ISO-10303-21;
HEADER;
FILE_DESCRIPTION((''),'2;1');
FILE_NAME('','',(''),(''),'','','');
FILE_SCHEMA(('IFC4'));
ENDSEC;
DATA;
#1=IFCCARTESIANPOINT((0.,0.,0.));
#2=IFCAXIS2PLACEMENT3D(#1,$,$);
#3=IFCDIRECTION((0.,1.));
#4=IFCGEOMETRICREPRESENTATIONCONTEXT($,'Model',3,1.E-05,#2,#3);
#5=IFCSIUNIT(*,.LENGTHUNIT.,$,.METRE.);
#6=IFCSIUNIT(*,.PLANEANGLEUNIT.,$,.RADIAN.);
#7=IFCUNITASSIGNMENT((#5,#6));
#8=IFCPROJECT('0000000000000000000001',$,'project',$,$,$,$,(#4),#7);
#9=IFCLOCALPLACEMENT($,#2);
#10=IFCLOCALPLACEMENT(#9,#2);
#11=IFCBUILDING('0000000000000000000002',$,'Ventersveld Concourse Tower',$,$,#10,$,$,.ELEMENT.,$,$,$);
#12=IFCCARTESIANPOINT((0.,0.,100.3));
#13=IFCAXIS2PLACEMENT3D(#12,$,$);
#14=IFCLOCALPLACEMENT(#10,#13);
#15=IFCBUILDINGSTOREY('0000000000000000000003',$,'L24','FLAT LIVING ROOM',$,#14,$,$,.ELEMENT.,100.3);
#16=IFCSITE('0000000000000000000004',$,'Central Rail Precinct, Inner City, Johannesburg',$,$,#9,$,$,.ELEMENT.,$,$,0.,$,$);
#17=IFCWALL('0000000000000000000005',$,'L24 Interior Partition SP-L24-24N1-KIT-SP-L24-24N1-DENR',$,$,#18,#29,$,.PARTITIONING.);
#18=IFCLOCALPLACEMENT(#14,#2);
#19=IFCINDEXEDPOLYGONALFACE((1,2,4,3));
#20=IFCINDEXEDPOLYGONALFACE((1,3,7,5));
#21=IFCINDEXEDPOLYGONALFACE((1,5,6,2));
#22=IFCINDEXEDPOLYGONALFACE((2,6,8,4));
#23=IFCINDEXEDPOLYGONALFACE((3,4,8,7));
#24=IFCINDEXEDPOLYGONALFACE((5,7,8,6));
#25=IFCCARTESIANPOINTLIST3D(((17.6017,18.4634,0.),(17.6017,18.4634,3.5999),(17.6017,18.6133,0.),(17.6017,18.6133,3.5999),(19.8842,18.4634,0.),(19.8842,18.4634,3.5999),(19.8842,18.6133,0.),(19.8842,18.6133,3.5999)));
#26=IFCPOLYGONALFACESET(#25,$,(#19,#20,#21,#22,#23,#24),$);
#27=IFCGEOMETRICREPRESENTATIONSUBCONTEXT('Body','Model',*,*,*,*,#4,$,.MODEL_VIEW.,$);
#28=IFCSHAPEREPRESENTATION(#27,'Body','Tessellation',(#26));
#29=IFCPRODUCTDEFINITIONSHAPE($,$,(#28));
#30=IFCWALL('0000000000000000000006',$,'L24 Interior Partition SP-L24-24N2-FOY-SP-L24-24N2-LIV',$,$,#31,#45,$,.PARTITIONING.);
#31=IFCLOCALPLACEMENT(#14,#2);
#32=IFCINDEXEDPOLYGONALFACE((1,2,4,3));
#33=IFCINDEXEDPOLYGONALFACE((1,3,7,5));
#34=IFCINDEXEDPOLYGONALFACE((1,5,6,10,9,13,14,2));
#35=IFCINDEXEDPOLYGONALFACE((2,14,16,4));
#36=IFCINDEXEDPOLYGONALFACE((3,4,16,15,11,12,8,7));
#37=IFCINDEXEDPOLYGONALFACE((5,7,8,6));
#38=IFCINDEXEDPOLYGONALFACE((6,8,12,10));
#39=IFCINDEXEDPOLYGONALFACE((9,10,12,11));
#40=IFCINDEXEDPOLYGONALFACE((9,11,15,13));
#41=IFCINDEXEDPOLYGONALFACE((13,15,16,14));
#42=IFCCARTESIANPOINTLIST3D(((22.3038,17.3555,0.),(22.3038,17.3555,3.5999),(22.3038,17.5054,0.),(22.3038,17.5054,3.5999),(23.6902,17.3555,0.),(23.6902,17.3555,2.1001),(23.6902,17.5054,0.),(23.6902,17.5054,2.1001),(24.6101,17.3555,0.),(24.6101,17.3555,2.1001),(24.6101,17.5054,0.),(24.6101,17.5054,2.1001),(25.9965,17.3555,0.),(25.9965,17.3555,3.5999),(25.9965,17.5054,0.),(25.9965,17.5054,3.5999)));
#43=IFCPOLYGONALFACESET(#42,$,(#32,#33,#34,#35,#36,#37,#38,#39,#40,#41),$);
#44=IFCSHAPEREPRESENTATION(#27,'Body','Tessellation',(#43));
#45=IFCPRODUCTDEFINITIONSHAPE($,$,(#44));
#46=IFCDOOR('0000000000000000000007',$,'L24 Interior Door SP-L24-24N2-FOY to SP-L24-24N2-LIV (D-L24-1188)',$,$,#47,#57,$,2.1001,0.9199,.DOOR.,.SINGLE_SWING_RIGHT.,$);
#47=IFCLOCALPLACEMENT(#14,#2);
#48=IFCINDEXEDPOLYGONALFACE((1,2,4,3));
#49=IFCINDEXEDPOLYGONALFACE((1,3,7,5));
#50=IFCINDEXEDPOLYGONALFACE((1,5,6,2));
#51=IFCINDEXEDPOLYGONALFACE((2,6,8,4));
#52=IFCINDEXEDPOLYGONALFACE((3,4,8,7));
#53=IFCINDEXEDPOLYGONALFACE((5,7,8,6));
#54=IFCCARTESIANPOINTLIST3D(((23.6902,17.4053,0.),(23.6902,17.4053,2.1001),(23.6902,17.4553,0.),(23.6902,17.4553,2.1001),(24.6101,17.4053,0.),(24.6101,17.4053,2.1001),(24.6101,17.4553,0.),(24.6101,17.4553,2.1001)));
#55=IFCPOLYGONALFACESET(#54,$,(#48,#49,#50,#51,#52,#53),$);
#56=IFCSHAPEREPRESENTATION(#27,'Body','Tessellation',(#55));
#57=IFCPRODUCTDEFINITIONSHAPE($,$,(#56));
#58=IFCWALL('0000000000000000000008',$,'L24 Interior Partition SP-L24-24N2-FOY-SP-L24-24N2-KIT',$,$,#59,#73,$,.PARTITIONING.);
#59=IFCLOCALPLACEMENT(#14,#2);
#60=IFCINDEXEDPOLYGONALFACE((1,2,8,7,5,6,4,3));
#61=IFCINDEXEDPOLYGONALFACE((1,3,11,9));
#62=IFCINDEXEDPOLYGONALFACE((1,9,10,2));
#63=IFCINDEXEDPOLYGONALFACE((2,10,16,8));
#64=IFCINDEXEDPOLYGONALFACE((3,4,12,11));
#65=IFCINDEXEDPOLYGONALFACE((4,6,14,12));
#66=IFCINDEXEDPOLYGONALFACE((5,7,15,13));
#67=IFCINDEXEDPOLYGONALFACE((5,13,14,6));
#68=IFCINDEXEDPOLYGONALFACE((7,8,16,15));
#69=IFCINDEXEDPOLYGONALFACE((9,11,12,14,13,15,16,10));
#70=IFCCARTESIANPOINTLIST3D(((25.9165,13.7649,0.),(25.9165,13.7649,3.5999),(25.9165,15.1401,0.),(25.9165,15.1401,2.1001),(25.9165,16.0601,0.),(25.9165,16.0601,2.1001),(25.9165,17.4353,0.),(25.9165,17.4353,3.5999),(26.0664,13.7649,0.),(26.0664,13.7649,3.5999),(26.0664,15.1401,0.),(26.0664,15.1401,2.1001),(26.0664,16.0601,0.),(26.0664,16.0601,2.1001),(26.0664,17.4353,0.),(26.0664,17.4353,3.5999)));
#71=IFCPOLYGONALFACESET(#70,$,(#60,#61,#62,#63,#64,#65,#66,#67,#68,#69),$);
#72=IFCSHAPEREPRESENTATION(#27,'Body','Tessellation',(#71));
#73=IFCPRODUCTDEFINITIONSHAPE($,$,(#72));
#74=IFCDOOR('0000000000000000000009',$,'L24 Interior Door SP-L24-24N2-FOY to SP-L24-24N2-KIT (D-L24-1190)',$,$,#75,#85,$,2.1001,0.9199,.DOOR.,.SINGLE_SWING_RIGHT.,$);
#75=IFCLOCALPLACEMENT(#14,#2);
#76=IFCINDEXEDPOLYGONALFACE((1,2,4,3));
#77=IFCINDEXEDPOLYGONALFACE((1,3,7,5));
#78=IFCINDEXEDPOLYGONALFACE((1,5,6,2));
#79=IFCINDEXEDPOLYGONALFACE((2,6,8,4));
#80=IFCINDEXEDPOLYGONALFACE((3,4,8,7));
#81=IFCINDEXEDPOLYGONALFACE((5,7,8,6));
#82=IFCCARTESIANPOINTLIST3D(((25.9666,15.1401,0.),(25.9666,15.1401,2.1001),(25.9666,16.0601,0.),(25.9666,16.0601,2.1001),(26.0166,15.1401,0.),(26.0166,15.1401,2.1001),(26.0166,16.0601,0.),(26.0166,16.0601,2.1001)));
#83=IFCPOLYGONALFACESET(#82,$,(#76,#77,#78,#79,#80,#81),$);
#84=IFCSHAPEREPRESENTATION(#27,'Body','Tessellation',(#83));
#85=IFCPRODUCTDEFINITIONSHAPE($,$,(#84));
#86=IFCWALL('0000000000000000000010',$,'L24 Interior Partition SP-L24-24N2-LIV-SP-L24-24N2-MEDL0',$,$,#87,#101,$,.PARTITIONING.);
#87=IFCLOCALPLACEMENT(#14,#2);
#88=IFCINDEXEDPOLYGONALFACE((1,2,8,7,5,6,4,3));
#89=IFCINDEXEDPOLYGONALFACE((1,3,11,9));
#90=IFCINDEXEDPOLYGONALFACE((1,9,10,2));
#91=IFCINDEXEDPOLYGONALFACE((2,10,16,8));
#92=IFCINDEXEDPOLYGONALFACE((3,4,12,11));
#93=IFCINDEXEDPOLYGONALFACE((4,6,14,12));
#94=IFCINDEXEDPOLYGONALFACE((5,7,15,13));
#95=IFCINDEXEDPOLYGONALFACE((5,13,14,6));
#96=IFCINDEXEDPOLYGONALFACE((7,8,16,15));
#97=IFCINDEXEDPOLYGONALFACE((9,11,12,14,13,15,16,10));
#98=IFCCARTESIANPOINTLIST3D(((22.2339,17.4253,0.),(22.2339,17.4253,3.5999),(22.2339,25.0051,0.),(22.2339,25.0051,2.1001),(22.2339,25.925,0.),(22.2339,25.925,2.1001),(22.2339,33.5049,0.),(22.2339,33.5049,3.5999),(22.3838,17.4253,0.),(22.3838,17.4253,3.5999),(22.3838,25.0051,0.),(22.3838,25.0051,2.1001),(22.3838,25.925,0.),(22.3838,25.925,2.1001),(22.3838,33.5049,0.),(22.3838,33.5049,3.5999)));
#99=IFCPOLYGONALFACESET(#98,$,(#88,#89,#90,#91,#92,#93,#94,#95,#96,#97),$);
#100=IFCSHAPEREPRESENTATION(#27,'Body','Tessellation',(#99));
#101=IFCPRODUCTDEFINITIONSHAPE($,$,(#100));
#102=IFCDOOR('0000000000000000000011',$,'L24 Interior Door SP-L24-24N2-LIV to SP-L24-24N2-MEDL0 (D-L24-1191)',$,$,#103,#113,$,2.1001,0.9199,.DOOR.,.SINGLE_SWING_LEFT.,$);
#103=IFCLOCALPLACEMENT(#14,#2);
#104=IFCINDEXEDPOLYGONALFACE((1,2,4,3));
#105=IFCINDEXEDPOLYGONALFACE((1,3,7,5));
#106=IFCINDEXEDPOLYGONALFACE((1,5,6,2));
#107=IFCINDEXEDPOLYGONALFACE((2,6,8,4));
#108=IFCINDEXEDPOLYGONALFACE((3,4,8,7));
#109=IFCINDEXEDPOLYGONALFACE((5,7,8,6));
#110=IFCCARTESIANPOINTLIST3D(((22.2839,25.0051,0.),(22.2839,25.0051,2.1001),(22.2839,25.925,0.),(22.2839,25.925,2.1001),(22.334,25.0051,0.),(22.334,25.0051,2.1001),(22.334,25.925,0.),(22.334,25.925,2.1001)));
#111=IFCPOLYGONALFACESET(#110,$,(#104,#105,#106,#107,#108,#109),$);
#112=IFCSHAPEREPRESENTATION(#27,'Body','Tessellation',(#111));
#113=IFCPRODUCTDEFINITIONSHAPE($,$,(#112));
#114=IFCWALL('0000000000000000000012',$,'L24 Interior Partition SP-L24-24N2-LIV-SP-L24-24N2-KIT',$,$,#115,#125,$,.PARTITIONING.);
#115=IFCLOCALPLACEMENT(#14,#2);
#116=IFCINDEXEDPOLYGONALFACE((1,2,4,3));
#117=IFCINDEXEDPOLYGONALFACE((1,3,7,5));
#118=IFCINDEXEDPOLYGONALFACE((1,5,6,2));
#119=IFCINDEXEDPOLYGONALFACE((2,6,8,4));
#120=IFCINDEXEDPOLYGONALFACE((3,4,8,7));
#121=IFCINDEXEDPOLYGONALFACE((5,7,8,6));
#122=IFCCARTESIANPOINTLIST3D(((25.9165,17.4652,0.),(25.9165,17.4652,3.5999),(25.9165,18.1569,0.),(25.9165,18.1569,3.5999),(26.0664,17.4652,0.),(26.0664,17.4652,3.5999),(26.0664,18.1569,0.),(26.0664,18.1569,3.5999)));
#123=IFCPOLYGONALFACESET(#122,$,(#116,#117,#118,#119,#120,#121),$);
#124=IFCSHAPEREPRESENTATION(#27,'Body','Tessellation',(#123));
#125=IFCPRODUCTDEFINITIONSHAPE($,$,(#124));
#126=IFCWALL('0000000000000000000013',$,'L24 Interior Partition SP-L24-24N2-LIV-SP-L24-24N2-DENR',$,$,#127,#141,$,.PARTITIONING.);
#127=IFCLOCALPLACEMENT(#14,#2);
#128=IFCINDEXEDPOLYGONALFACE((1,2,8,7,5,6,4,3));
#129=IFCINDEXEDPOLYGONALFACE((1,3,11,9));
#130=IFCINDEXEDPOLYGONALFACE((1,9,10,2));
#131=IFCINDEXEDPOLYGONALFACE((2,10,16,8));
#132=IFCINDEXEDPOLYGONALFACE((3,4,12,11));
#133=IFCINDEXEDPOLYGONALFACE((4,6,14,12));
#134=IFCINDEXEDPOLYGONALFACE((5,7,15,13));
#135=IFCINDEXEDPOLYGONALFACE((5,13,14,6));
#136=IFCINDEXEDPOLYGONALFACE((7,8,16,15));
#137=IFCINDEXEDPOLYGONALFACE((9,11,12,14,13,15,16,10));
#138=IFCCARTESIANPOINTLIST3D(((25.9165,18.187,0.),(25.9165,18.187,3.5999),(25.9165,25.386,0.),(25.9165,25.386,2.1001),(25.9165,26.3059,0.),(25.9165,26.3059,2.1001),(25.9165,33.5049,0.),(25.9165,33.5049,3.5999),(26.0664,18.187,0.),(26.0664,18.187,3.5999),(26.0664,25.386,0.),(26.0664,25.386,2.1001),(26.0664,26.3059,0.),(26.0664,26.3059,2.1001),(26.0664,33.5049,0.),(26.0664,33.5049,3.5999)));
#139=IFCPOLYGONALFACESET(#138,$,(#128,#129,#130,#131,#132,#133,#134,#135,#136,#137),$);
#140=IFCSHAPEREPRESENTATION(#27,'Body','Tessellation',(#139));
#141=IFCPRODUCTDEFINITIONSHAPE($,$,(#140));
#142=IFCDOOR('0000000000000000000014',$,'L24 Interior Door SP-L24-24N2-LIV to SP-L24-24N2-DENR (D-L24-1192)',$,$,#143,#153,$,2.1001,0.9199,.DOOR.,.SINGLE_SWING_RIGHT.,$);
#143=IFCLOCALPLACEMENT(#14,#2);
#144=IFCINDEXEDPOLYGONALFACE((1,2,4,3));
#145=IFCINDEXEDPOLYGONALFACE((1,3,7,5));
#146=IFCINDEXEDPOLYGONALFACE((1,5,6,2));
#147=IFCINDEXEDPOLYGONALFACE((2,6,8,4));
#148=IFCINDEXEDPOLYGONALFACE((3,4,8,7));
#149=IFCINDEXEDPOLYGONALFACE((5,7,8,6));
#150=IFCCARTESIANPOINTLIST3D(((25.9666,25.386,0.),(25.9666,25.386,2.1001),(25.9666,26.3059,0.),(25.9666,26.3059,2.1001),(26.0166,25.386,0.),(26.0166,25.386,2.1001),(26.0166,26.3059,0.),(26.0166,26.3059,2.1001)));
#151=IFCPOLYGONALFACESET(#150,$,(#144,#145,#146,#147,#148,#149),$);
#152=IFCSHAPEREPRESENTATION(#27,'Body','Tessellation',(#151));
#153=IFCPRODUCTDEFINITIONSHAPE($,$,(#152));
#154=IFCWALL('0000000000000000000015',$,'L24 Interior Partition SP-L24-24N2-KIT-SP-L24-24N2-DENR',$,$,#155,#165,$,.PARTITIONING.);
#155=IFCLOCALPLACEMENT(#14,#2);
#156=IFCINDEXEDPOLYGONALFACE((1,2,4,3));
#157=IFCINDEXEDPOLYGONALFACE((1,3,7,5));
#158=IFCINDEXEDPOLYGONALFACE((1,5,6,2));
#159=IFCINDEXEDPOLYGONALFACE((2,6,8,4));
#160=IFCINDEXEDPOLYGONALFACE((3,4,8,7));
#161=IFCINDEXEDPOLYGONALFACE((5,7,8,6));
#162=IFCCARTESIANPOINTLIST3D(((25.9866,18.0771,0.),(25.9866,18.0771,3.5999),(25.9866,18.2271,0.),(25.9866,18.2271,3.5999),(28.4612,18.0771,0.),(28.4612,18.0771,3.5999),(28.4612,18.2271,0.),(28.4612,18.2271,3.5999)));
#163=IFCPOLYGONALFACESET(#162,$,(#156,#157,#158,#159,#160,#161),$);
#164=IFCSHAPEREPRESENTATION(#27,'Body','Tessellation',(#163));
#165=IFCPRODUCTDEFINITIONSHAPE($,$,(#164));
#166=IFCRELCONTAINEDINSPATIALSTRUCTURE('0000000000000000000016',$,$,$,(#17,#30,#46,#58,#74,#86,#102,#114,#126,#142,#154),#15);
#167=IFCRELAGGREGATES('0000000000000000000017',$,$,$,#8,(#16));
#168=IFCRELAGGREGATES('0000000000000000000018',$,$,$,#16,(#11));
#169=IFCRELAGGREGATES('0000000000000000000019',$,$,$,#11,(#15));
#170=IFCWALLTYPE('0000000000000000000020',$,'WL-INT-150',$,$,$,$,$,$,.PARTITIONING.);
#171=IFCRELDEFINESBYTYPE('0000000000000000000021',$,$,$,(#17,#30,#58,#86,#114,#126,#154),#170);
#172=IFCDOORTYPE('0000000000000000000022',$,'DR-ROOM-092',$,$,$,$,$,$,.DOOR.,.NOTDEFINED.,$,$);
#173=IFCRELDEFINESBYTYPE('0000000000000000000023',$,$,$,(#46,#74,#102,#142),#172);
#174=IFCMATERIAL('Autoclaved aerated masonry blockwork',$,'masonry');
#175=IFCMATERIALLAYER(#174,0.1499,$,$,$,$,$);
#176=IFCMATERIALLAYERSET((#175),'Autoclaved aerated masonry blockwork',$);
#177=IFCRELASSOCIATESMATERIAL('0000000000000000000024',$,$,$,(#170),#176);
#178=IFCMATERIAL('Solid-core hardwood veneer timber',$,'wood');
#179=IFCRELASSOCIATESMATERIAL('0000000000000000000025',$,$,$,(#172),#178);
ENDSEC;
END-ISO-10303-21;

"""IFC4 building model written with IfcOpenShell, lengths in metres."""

from ifc_helpers import new_model, si_unit, direction, frame, frame_2d, origin, place, context, subcontext, project, spatial, rectangle, extrude, material, layer, layer_set, type_object, element, fill, save


model = new_model("IFC4")

# Units and contexts
model_context = context("Model", 3, precision=1e-05, world=origin(), true_north=direction((0.0, 1.0)))
body_context = subcontext(model_context, "Body", "Model", "MODEL_VIEW")
ifc_project = project(units=[si_unit("LENGTHUNIT", "METRE"), si_unit("PLANEANGLEUNIT", "RADIAN")], contexts=[model_context])

# Site, building, storey
site_placement = place(None, origin())
site = spatial("IfcSite", under=ifc_project, at=site_placement, Name="Central Rail Precinct, Inner City, Johannesburg", CompositionType="ELEMENT", RefElevation=0.0)
building_placement = place(site_placement, origin())
building = spatial("IfcBuilding", under=site, at=building_placement, Name="Ventersveld Concourse Tower", CompositionType="ELEMENT")
storey_placement = place(building_placement, frame((0.0, 0.0, 100.3)))
storey = spatial("IfcBuildingStorey", under=building, at=storey_placement, Name="L24", Description="FLAT LIVING ROOM", CompositionType="ELEMENT", Elevation=100.3)

# Shared definitions
ifc_material_1 = material(Name="Solid-core hardwood veneer timber", Category="wood")

# Shared definitions
ifc_material_2 = material(Name="Autoclaved aerated masonry blockwork", Category="masonry")
ifc_layer_1 = layer(ifc_material_2, 0.1499)
ifc_layer_set_1 = layer_set([ifc_layer_1], Name="Autoclaved aerated masonry blockwork")
wall_type_1 = type_object("IfcWallType", Name="WL-INT-150", PredefinedType="PARTITIONING", material=ifc_layer_set_1)
door_type_1 = type_object("IfcDoorType", Name="DR-ROOM-092", OperationType="NOTDEFINED", PredefinedType="DOOR", material=ifc_material_1)

# Wall
wall_1_placement = place(storey_placement, frame((17.6018, 18.5383, 0.0), z_axis=(0.0, 0.0, 1.0), x_axis=(1.0, 0.0, 0.0)))
element("IfcWall", 1, at=wall_1_placement, inside=storey, type_object=wall_type_1, Name="L24 Interior Partition SP-L24-24N1-KIT-SP-L24-24N1-DENR", PredefinedType="PARTITIONING", context=body_context, shape_type="SweptSolid", body=[
    extrude(rectangle(XDim=2.2825, YDim=0.1499, at=frame_2d((1.1411, 0.0))), origin(), (0.0, 0.0, 1.0), 3.5999),
])

# Walls, openings, doors
wall_2_placement = place(storey_placement, frame((22.304, 17.4304, 0.0), z_axis=(0.0, 0.0, 1.0), x_axis=(1.0, 0.0, 0.0)))
wall_2 = element("IfcWall", 2, at=wall_2_placement, inside=storey, type_object=wall_type_1, Name="L24 Interior Partition SP-L24-24N2-FOY-SP-L24-24N2-LIV", PredefinedType="PARTITIONING", context=body_context, shape_type="SweptSolid", body=[
    extrude(rectangle(XDim=3.6926, YDim=0.1499, at=frame_2d((1.8462, 0.0))), origin(), (0.0, 0.0, 1.0), 3.5999),
])
opening_1_placement = place(wall_2_placement, frame((1.3862, 0.0, 0.0)))
opening_1 = element("IfcOpeningElement", 3, at=opening_1_placement, cuts=wall_2, PredefinedType="OPENING", context=body_context, shape_type="SweptSolid", body=[
    extrude(rectangle(XDim=0.9199, YDim=2.1001, at=frame_2d((0.46, 1.05))), frame((0.0, 0.085, 0.0), z_axis=(0.0, -1.0, 0.0), x_axis=(1.0, 0.0, 0.0)), (0.0, 0.0, 1.0), 0.1699),
])
door_1_placement = place(opening_1_placement, origin())
door_1 = element("IfcDoor", 4, at=door_1_placement, inside=storey, type_object=door_type_1, Name="L24 Interior Door SP-L24-24N2-FOY to SP-L24-24N2-LIV (D-L24-1188)", OperationType="SINGLE_SWING_RIGHT", OverallHeight=2.1001, OverallWidth=0.9199, PredefinedType="DOOR", context=body_context, shape_type="SweptSolid", body=[
    extrude(rectangle(XDim=0.9199, YDim=2.1001, at=frame_2d((0.46, 1.05))), frame((0.0, 0.0249, 0.0), z_axis=(0.0, -1.0, 0.0), x_axis=(1.0, 0.0, 0.0)), (0.0, 0.0, 1.0), 0.05),
])
fill(opening_1, door_1)
wall_3_placement = place(storey_placement, frame((25.9915, 13.7649, 0.0), z_axis=(0.0, 0.0, 1.0), x_axis=(0.0, 1.0, 0.0)))
wall_3 = element("IfcWall", 5, at=wall_3_placement, inside=storey, type_object=wall_type_1, Name="L24 Interior Partition SP-L24-24N2-FOY-SP-L24-24N2-KIT", PredefinedType="PARTITIONING", context=body_context, shape_type="SweptSolid", body=[
    extrude(rectangle(XDim=3.6704, YDim=0.1499, at=frame_2d((1.8352, 0.0))), origin(), (0.0, 0.0, 1.0), 3.5999),
])
opening_2_placement = place(wall_3_placement, frame((1.3752, 0.0, 0.0)))
opening_2 = element("IfcOpeningElement", 6, at=opening_2_placement, cuts=wall_3, PredefinedType="OPENING", context=body_context, shape_type="SweptSolid", body=[
    extrude(rectangle(XDim=0.9199, YDim=2.1001, at=frame_2d((0.46, 1.05))), frame((0.0, 0.085, 0.0), z_axis=(0.0, -1.0, 0.0), x_axis=(1.0, 0.0, 0.0)), (0.0, 0.0, 1.0), 0.1699),
])
door_2_placement = place(opening_2_placement, origin())
door_2 = element("IfcDoor", 7, at=door_2_placement, inside=storey, type_object=door_type_1, Name="L24 Interior Door SP-L24-24N2-FOY to SP-L24-24N2-KIT (D-L24-1190)", OperationType="SINGLE_SWING_RIGHT", OverallHeight=2.1001, OverallWidth=0.9199, PredefinedType="DOOR", context=body_context, shape_type="SweptSolid", body=[
    extrude(rectangle(XDim=0.9199, YDim=2.1001, at=frame_2d((0.46, 1.05))), frame((0.0, 0.0249, 0.0), z_axis=(0.0, -1.0, 0.0), x_axis=(1.0, 0.0, 0.0)), (0.0, 0.0, 1.0), 0.05),
])
fill(opening_2, door_2)
wall_4_placement = place(storey_placement, frame((22.3088, 17.4253, 0.0), z_axis=(0.0, 0.0, 1.0), x_axis=(0.0, 1.0, 0.0)))
wall_4 = element("IfcWall", 8, at=wall_4_placement, inside=storey, type_object=wall_type_1, Name="L24 Interior Partition SP-L24-24N2-LIV-SP-L24-24N2-MEDL0", PredefinedType="PARTITIONING", context=body_context, shape_type="SweptSolid", body=[
    extrude(rectangle(XDim=16.0796, YDim=0.1499, at=frame_2d((8.0398, 0.0))), origin(), (0.0, 0.0, 1.0), 3.5999),
])
opening_3_placement = place(wall_4_placement, frame((7.5798, 0.0, 0.0)))
opening_3 = element("IfcOpeningElement", 9, at=opening_3_placement, cuts=wall_4, PredefinedType="OPENING", context=body_context, shape_type="SweptSolid", body=[
    extrude(rectangle(XDim=0.9199, YDim=2.1001, at=frame_2d((0.46, 1.05))), frame((0.0, 0.085, 0.0), z_axis=(0.0, -1.0, 0.0), x_axis=(1.0, 0.0, 0.0)), (0.0, 0.0, 1.0), 0.1699),
])
door_3_placement = place(opening_3_placement, origin())
door_3 = element("IfcDoor", 10, at=door_3_placement, inside=storey, type_object=door_type_1, Name="L24 Interior Door SP-L24-24N2-LIV to SP-L24-24N2-MEDL0 (D-L24-1191)", OperationType="SINGLE_SWING_LEFT", OverallHeight=2.1001, OverallWidth=0.9199, PredefinedType="DOOR", context=body_context, shape_type="SweptSolid", body=[
    extrude(rectangle(XDim=0.9199, YDim=2.1001, at=frame_2d((0.46, 1.05))), frame((0.0, 0.0249, 0.0), z_axis=(0.0, -1.0, 0.0), x_axis=(1.0, 0.0, 0.0)), (0.0, 0.0, 1.0), 0.05),
])
fill(opening_3, door_3)

# Wall
wall_5_placement = place(storey_placement, frame((25.9915, 17.4653, 0.0), z_axis=(0.0, 0.0, 1.0), x_axis=(0.0, 1.0, 0.0)))
element("IfcWall", 11, at=wall_5_placement, inside=storey, type_object=wall_type_1, Name="L24 Interior Partition SP-L24-24N2-LIV-SP-L24-24N2-KIT", PredefinedType="PARTITIONING", context=body_context, shape_type="SweptSolid", body=[
    extrude(rectangle(XDim=0.6917, YDim=0.1499, at=frame_2d((0.3457, 0.0))), origin(), (0.0, 0.0, 1.0), 3.5999),
])

# Wall, opening, door
wall_6_placement = place(storey_placement, frame((25.9915, 18.187, 0.0), z_axis=(0.0, 0.0, 1.0), x_axis=(0.0, 1.0, 0.0)))
wall_6 = element("IfcWall", 12, at=wall_6_placement, inside=storey, type_object=wall_type_1, Name="L24 Interior Partition SP-L24-24N2-LIV-SP-L24-24N2-DENR", PredefinedType="PARTITIONING", context=body_context, shape_type="SweptSolid", body=[
    extrude(rectangle(XDim=15.3179, YDim=0.1499, at=frame_2d((7.6589, 0.0))), origin(), (0.0, 0.0, 1.0), 3.5999),
])
opening_4_placement = place(wall_6_placement, frame((7.199, 0.0, 0.0)))
opening_4 = element("IfcOpeningElement", 13, at=opening_4_placement, cuts=wall_6, PredefinedType="OPENING", context=body_context, shape_type="SweptSolid", body=[
    extrude(rectangle(XDim=0.9199, YDim=2.1001, at=frame_2d((0.46, 1.05))), frame((0.0, 0.085, 0.0), z_axis=(0.0, -1.0, 0.0), x_axis=(1.0, 0.0, 0.0)), (0.0, 0.0, 1.0), 0.1699),
])
door_4_placement = place(opening_4_placement, origin())
door_4 = element("IfcDoor", 14, at=door_4_placement, inside=storey, type_object=door_type_1, Name="L24 Interior Door SP-L24-24N2-LIV to SP-L24-24N2-DENR (D-L24-1192)", OperationType="SINGLE_SWING_RIGHT", OverallHeight=2.1001, OverallWidth=0.9199, PredefinedType="DOOR", context=body_context, shape_type="SweptSolid", body=[
    extrude(rectangle(XDim=0.9199, YDim=2.1001, at=frame_2d((0.46, 1.05))), frame((0.0, 0.0249, 0.0), z_axis=(0.0, -1.0, 0.0), x_axis=(1.0, 0.0, 0.0)), (0.0, 0.0, 1.0), 0.05),
])
fill(opening_4, door_4)

# Wall
wall_7_placement = place(storey_placement, frame((25.9866, 18.1521, 0.0), z_axis=(0.0, 0.0, 1.0), x_axis=(1.0, 0.0, 0.0)))
element("IfcWall", 15, at=wall_7_placement, inside=storey, type_object=wall_type_1, Name="L24 Interior Partition SP-L24-24N2-KIT-SP-L24-24N2-DENR", PredefinedType="PARTITIONING", context=body_context, shape_type="SweptSolid", body=[
    extrude(rectangle(XDim=2.4746, YDim=0.1499, at=frame_2d((1.2373, 0.0))), origin(), (0.0, 0.0, 1.0), 3.5999),
])

save(model, "model.ifc")
